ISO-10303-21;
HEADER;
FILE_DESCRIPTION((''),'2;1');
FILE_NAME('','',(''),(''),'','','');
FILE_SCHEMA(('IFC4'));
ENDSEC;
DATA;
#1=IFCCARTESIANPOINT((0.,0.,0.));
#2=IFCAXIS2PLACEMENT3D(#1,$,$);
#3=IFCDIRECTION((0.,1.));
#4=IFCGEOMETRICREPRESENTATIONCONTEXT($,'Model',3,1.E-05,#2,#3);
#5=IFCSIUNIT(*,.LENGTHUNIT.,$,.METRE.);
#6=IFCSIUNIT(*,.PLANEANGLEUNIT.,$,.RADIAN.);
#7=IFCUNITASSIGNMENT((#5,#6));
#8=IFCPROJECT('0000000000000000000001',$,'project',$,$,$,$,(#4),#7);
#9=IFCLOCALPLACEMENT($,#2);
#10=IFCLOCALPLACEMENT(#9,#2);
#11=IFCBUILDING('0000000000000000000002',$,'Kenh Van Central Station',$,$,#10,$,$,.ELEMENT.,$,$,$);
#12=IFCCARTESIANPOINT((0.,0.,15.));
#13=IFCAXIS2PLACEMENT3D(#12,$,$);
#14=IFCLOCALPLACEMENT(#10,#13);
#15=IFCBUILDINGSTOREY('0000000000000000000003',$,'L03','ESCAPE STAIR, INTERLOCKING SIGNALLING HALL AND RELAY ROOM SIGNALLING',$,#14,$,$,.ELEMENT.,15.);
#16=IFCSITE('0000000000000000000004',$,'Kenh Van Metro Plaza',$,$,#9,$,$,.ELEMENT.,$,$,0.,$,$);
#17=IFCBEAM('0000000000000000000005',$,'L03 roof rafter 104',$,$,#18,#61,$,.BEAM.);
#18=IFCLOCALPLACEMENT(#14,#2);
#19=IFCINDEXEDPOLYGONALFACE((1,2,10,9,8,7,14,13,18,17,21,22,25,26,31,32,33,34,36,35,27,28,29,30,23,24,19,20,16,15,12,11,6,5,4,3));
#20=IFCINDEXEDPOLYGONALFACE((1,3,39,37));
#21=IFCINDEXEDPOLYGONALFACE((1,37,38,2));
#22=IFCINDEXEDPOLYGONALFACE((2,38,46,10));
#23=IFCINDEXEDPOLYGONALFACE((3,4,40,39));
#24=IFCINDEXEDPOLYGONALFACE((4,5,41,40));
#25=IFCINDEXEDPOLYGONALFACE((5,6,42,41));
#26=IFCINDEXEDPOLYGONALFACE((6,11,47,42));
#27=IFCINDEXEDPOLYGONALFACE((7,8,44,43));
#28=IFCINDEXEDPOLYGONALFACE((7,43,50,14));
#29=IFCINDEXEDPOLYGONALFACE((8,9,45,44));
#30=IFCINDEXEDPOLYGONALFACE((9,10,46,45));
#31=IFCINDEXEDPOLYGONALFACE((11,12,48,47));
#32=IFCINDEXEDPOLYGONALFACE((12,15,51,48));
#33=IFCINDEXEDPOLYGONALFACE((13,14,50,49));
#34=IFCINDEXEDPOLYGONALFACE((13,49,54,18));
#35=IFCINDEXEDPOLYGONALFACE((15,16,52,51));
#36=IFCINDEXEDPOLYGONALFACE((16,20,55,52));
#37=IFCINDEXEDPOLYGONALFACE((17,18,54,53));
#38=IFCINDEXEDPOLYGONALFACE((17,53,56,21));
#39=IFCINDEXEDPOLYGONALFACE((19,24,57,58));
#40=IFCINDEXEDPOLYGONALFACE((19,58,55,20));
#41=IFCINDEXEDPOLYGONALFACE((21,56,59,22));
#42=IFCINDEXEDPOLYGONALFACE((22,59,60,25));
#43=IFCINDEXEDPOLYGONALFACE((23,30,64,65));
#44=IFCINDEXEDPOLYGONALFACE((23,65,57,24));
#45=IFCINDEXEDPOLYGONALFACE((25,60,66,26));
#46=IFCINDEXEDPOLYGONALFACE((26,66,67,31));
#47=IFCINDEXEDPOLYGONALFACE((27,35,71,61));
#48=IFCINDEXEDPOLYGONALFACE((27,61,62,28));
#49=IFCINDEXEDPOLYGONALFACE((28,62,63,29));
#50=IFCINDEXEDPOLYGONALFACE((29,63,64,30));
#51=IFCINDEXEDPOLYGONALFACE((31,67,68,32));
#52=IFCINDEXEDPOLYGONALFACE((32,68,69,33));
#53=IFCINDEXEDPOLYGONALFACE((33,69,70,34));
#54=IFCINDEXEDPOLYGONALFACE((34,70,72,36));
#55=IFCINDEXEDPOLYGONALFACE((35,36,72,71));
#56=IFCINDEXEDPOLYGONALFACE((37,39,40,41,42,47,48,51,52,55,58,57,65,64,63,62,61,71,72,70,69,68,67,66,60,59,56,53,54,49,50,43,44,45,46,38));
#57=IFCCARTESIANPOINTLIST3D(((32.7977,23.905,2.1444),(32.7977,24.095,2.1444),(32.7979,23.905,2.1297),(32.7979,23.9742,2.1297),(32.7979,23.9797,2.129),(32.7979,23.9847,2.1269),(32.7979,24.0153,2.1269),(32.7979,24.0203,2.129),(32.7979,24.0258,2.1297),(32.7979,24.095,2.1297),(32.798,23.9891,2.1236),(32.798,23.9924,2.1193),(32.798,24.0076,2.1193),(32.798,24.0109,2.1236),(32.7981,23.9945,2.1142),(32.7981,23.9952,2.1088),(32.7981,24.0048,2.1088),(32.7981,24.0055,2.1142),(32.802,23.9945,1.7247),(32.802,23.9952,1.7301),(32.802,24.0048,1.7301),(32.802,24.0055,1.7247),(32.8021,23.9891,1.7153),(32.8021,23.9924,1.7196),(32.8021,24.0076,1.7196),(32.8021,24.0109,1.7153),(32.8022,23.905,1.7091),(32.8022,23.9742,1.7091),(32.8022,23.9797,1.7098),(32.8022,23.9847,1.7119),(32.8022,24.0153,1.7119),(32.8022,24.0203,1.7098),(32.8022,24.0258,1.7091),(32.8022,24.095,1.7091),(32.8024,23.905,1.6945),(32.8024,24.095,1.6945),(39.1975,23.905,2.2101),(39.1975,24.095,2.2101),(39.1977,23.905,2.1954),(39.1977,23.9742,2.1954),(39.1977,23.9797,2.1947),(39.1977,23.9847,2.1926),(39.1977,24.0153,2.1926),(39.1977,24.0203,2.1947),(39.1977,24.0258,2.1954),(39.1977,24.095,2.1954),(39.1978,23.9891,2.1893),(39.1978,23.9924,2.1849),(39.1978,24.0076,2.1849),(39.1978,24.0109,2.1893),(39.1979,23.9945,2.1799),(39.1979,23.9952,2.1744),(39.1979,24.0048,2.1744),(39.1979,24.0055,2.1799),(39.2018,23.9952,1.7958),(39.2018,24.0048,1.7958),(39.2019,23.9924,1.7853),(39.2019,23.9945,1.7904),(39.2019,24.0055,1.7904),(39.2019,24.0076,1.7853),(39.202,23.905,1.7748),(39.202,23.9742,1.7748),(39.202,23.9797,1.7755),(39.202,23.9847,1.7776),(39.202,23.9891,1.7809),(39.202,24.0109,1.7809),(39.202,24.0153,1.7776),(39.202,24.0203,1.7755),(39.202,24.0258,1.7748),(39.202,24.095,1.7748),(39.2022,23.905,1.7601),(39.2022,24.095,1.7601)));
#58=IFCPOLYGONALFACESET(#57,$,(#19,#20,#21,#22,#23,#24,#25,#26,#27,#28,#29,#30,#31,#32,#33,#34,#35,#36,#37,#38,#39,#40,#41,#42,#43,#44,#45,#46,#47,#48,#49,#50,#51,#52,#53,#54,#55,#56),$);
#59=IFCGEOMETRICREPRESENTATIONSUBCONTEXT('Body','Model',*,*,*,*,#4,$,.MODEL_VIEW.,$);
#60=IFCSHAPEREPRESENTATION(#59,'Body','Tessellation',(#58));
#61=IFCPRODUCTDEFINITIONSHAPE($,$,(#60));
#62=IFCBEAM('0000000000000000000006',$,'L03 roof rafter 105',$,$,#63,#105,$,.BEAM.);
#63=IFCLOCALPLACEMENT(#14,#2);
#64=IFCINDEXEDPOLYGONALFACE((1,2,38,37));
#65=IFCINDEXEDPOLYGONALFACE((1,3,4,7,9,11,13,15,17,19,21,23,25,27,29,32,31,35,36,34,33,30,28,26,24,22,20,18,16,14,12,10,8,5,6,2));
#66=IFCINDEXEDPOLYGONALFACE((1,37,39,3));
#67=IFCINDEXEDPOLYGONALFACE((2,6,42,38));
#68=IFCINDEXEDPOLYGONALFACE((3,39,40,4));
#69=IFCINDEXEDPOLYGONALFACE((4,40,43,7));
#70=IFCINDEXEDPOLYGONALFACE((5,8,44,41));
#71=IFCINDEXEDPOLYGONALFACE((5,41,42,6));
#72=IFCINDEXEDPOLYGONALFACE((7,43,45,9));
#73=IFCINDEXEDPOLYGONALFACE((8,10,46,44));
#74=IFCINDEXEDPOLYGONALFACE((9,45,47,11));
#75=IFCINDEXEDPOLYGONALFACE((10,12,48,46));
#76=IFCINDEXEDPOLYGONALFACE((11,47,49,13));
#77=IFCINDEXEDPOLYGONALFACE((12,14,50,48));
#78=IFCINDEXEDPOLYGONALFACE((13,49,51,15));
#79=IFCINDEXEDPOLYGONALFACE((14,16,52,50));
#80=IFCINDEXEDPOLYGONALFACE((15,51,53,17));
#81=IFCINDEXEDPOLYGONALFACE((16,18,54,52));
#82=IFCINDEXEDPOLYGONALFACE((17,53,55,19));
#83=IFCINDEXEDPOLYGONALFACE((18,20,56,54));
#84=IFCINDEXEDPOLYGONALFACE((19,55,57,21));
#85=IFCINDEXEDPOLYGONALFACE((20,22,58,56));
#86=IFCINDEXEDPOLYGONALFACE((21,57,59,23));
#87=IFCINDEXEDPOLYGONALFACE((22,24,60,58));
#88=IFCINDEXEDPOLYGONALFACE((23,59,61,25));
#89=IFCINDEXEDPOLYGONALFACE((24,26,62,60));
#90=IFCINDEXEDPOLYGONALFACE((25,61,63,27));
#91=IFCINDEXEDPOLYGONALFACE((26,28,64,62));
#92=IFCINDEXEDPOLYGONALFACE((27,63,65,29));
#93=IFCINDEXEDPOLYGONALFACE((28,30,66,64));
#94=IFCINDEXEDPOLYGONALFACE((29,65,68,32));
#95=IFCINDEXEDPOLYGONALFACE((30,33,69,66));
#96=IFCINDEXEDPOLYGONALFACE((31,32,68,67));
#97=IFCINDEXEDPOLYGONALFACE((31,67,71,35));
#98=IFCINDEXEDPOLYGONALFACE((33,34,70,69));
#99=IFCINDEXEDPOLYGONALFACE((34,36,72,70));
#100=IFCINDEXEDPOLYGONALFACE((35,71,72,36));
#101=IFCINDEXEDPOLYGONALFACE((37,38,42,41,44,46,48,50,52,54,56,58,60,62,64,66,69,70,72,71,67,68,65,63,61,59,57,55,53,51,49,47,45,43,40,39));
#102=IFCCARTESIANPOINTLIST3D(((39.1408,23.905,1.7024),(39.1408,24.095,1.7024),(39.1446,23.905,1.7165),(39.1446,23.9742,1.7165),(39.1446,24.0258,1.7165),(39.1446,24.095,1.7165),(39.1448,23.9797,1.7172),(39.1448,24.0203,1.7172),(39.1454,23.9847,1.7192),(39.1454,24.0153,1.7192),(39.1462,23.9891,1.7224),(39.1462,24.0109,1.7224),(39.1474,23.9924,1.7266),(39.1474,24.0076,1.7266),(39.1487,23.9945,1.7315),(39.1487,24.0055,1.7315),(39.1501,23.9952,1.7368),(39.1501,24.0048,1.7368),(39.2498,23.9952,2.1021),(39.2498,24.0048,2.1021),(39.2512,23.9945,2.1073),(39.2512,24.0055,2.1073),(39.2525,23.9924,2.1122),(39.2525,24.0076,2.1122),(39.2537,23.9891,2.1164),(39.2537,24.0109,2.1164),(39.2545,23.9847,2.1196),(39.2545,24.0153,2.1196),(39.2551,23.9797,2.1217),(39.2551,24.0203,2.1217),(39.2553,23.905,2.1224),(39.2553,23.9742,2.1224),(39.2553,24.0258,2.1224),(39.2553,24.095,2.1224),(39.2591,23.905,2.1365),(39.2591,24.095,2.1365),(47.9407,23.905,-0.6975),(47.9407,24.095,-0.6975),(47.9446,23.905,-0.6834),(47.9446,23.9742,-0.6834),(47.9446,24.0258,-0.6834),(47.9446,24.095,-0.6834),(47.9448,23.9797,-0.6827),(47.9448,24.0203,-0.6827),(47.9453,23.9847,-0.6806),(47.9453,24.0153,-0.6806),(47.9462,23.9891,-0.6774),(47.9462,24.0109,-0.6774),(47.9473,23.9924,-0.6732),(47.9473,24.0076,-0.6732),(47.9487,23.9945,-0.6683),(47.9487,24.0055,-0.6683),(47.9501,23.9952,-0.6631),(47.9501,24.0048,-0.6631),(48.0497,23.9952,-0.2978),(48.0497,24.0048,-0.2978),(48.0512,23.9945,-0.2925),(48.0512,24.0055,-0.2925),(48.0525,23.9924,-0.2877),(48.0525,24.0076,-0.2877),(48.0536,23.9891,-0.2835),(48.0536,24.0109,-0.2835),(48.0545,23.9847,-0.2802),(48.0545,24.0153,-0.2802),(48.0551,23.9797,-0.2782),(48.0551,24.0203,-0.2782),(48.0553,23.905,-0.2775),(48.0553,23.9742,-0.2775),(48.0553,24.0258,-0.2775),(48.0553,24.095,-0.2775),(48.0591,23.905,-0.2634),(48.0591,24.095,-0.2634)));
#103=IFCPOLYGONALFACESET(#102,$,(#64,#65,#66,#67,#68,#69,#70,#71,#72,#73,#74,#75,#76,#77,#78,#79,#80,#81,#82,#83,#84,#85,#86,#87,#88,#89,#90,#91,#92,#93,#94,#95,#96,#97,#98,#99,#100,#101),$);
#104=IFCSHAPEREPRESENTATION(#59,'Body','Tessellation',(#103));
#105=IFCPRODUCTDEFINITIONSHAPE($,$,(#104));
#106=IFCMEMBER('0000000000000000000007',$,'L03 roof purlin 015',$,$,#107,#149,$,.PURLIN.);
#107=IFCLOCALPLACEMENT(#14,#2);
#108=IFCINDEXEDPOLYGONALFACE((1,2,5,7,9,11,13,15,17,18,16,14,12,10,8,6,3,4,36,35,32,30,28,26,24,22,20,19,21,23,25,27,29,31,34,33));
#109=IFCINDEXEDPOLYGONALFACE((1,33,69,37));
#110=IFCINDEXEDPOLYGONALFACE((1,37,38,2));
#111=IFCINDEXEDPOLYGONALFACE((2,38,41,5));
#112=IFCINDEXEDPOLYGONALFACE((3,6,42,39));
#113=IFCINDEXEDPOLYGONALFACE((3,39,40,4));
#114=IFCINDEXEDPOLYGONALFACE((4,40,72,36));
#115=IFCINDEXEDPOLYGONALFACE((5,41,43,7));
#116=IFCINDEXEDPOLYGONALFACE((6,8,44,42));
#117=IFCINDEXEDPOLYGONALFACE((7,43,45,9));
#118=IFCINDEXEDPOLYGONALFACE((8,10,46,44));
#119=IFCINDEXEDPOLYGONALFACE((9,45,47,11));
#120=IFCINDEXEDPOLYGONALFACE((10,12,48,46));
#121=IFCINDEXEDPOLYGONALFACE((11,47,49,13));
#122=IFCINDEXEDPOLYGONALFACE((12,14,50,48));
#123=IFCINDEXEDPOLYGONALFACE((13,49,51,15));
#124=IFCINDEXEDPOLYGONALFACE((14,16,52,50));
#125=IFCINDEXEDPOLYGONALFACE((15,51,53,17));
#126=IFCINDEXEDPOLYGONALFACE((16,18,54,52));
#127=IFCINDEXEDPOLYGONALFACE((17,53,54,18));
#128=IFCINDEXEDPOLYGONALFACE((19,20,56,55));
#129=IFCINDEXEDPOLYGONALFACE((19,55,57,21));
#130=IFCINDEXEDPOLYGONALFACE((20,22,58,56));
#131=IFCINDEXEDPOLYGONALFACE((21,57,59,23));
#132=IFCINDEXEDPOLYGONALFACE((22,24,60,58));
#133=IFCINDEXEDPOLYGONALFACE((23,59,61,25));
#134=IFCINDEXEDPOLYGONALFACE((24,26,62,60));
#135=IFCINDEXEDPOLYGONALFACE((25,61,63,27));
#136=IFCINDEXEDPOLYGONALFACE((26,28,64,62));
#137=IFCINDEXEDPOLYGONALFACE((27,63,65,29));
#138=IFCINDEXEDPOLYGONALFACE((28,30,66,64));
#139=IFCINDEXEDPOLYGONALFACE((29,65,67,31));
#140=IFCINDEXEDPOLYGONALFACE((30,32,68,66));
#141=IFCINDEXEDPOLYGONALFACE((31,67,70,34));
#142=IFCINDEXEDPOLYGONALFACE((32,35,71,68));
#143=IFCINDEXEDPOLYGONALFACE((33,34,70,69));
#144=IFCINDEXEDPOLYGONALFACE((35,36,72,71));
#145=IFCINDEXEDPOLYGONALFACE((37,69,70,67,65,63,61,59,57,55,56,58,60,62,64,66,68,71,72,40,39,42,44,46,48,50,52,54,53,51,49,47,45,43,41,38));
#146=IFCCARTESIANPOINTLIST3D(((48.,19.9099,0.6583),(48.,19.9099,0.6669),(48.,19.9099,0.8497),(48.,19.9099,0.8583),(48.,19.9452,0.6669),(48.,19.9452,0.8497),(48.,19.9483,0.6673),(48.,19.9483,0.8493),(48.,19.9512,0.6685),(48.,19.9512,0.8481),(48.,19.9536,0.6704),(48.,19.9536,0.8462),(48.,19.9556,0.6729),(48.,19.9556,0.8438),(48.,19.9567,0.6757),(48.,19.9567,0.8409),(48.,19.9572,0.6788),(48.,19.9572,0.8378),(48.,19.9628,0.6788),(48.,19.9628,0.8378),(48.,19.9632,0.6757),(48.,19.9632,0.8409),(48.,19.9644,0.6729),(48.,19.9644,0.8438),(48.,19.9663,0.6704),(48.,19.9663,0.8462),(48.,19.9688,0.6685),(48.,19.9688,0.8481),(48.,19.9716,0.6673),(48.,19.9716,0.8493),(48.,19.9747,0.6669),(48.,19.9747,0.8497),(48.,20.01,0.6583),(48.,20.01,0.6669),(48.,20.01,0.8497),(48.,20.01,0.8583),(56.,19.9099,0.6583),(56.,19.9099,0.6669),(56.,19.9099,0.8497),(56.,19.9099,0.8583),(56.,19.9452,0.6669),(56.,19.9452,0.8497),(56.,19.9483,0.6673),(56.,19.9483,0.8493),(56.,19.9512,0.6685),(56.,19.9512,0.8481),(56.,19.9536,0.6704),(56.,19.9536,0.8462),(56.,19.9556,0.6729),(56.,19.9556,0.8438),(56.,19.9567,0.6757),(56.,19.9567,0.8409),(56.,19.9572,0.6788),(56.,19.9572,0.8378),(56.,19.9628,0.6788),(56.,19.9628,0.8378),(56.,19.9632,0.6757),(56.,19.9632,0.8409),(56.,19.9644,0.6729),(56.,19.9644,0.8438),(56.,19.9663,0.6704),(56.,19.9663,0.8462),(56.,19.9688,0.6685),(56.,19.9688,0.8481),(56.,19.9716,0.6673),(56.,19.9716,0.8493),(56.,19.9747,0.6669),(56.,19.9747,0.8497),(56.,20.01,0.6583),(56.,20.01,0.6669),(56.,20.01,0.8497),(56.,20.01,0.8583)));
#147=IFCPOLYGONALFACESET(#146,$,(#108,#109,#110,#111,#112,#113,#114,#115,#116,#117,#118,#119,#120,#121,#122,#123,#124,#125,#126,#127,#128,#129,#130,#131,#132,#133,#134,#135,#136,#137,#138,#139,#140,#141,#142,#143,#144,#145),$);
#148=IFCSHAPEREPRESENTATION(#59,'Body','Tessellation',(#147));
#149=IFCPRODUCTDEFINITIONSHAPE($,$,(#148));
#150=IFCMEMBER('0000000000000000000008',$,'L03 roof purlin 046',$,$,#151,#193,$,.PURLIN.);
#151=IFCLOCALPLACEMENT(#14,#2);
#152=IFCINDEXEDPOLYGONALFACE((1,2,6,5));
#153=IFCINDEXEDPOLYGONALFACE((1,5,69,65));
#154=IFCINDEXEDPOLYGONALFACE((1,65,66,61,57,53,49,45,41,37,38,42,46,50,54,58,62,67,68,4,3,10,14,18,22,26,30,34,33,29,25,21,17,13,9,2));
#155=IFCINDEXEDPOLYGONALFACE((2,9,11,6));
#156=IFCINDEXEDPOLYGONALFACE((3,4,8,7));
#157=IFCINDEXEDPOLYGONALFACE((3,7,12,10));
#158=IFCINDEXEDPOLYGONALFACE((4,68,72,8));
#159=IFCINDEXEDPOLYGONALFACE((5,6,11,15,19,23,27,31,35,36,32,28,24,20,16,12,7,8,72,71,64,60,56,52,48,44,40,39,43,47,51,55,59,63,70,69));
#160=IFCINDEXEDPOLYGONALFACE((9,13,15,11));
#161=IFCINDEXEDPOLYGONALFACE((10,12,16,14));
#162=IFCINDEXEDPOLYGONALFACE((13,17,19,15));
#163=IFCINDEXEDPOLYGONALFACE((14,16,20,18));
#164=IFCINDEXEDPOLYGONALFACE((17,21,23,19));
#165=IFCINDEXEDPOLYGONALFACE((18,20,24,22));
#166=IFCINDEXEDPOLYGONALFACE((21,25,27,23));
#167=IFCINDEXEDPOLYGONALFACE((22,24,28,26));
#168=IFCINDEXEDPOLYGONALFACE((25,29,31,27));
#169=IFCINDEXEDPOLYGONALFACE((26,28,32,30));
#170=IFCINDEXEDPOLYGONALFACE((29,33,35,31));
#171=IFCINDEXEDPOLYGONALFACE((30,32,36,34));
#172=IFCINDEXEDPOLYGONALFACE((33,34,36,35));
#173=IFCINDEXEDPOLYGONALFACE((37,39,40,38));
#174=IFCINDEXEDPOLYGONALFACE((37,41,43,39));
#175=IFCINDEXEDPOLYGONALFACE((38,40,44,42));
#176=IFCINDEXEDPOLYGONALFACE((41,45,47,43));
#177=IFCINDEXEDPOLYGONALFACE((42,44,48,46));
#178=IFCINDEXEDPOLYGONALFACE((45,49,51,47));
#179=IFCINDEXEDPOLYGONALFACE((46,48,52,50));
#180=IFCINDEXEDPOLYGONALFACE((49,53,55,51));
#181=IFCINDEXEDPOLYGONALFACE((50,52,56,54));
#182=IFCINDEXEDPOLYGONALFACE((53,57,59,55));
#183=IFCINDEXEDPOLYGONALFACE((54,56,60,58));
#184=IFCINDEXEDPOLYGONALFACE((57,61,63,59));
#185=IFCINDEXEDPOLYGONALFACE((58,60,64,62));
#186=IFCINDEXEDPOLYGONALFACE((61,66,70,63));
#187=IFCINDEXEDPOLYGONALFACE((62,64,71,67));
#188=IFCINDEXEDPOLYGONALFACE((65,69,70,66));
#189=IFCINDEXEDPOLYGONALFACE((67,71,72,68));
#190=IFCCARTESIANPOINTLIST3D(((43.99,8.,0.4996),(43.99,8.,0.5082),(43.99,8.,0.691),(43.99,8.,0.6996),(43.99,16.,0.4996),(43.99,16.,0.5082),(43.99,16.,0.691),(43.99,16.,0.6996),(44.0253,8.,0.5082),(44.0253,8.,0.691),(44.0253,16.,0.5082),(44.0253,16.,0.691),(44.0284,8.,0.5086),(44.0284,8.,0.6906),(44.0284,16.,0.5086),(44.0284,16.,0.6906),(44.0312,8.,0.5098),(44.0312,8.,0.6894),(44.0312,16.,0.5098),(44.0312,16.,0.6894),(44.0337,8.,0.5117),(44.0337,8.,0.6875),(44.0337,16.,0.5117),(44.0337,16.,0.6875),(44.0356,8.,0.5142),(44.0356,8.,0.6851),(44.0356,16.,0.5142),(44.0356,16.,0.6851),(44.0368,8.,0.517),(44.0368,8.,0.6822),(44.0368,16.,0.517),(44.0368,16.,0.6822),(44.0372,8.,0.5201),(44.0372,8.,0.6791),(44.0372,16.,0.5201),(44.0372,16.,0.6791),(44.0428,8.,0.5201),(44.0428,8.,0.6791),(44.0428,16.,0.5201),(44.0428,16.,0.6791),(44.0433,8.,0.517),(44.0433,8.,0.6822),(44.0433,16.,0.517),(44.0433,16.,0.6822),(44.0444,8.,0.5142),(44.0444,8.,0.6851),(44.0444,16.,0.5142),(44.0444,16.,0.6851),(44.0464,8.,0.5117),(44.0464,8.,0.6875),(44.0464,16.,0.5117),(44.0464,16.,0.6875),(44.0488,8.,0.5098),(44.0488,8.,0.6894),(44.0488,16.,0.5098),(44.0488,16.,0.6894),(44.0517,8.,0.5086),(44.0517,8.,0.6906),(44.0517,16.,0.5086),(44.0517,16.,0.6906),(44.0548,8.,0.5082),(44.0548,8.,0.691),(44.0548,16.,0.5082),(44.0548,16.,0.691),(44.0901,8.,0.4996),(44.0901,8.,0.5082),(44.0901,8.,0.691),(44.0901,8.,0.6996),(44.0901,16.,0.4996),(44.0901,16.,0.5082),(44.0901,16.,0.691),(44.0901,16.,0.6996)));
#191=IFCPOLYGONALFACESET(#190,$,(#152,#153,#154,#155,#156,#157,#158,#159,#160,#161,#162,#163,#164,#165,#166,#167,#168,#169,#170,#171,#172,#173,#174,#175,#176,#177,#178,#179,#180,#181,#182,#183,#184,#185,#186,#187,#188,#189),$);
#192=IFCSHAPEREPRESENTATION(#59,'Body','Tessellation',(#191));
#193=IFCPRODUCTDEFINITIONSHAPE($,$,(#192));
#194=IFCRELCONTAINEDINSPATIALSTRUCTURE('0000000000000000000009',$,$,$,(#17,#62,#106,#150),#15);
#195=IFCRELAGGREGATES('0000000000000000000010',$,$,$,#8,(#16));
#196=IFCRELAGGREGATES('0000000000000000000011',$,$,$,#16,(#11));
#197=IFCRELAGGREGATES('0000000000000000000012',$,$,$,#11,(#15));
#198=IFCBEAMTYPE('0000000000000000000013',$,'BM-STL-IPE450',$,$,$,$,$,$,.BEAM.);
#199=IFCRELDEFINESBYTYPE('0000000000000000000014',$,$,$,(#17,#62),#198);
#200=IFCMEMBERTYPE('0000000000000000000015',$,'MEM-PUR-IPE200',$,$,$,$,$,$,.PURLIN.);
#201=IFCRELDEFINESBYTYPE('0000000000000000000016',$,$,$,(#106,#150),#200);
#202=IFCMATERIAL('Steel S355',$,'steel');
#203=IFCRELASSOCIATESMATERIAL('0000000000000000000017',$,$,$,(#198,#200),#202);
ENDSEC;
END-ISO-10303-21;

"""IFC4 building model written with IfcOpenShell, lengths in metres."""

from ifc_helpers import new_model, si_unit, direction, frame, origin, origin_2d, place, context, subcontext, project, spatial, i_section, extrude, material, material_profile, profile_set, type_object, element, save


model = new_model("IFC4")

# Units and contexts
model_context = context("Model", 3, precision=1e-05, world=origin(), true_north=direction((0.0, 1.0)))
body_context = subcontext(model_context, "Body", "Model", "MODEL_VIEW")
ifc_project = project(units=[si_unit("LENGTHUNIT", "METRE"), si_unit("PLANEANGLEUNIT", "RADIAN")], contexts=[model_context])

# Site, building, storey
site_placement = place(None, origin())
site = spatial("IfcSite", under=ifc_project, at=site_placement, Name="Kenh Van Metro Plaza", CompositionType="ELEMENT", RefElevation=0.0)
building_placement = place(site_placement, origin())
building = spatial("IfcBuilding", under=site, at=building_placement, Name="Kenh Van Central Station", CompositionType="ELEMENT")
storey_placement = place(building_placement, frame((0.0, 0.0, 15.0)))
storey = spatial("IfcBuildingStorey", under=building, at=storey_placement, Name="L03", Description="ESCAPE STAIR, INTERLOCKING SIGNALLING HALL AND RELAY ROOM SIGNALLING", CompositionType="ELEMENT", Elevation=15.0)

# Beams
ifc_material_1 = material(Name="Steel S355", Category="steel")
ifc_material_profile_1 = material_profile(ifc_material_1, i_section(OverallWidth=0.1899, OverallDepth=0.45, WebThickness=0.0095, FlangeThickness=0.0146, FilletRadius=0.021, at=origin_2d()), Name="IPE 450")
ifc_profile_set_1 = profile_set([ifc_material_profile_1], Name="Steel S355")
beam_type = type_object("IfcBeamType", Name="BM-STL-IPE450", PredefinedType="BEAM", material=ifc_profile_set_1)
beam_1_placement = place(storey_placement, frame((32.8, 24.0, 1.9194), z_axis=(0.999947, 0.0, 0.010261), x_axis=(0.0, 1.0, 0.0)))
element("IfcBeam", 1, at=beam_1_placement, inside=storey, type_object=beam_type, Name="L03 roof rafter 104", PredefinedType="BEAM", context=body_context, shape_type="SweptSolid", body=[
    extrude(i_section(OverallWidth=0.1899, OverallDepth=0.45, WebThickness=0.0095, FlangeThickness=0.0146, FilletRadius=0.021, at=origin_2d()), origin(), (0.0, 0.0, 1.0), 6.4001),
])
beam_2_placement = place(storey_placement, frame((39.2, 24.0, 1.9194), z_axis=(0.964767, 0.0, -0.263106), x_axis=(0.0, 1.0, 0.0)))
element("IfcBeam", 2, at=beam_2_placement, inside=storey, type_object=beam_type, Name="L03 roof rafter 105", PredefinedType="BEAM", context=body_context, shape_type="SweptSolid", body=[
    extrude(i_section(OverallWidth=0.1899, OverallDepth=0.45, WebThickness=0.0095, FlangeThickness=0.0146, FilletRadius=0.021, at=origin_2d()), origin(), (0.0, 0.0, 1.0), 9.1213),
])

# Members
ifc_material_profile_2 = material_profile(ifc_material_1, i_section(OverallWidth=0.1001, OverallDepth=0.2, WebThickness=0.0056, FlangeThickness=0.0085, FilletRadius=0.012, at=origin_2d()), Name="IPE 200")
ifc_profile_set_2 = profile_set([ifc_material_profile_2], Name="Steel S355")
member_type_1 = type_object("IfcMemberType", Name="MEM-PUR-IPE200", PredefinedType="PURLIN", material=ifc_profile_set_2)
for number, where, z_axis, x_axis, name in (
    (3, (48.0, 19.96, 0.7583), (1.0, 0.0, 0.0), (0.0, 1.0, 0.0), "L03 roof purlin 015"),
    (4, (44.04, 8.0, 0.5996), (0.0, 1.0, 0.0), (-1.0, 0.0, 0.0), "L03 roof purlin 046"),
):
    element("IfcMember", number, at=place(storey_placement, frame(where, z_axis=z_axis, x_axis=x_axis)), inside=storey, type_object=member_type_1, Name=name, PredefinedType="PURLIN", context=body_context, shape_type="SweptSolid", body=[
        extrude(i_section(OverallWidth=0.1001, OverallDepth=0.2, WebThickness=0.0056, FlangeThickness=0.0085, FilletRadius=0.012, at=origin_2d()), origin(), (0.0, 0.0, 1.0), 8.0),
    ])

save(model, "model.ifc")
